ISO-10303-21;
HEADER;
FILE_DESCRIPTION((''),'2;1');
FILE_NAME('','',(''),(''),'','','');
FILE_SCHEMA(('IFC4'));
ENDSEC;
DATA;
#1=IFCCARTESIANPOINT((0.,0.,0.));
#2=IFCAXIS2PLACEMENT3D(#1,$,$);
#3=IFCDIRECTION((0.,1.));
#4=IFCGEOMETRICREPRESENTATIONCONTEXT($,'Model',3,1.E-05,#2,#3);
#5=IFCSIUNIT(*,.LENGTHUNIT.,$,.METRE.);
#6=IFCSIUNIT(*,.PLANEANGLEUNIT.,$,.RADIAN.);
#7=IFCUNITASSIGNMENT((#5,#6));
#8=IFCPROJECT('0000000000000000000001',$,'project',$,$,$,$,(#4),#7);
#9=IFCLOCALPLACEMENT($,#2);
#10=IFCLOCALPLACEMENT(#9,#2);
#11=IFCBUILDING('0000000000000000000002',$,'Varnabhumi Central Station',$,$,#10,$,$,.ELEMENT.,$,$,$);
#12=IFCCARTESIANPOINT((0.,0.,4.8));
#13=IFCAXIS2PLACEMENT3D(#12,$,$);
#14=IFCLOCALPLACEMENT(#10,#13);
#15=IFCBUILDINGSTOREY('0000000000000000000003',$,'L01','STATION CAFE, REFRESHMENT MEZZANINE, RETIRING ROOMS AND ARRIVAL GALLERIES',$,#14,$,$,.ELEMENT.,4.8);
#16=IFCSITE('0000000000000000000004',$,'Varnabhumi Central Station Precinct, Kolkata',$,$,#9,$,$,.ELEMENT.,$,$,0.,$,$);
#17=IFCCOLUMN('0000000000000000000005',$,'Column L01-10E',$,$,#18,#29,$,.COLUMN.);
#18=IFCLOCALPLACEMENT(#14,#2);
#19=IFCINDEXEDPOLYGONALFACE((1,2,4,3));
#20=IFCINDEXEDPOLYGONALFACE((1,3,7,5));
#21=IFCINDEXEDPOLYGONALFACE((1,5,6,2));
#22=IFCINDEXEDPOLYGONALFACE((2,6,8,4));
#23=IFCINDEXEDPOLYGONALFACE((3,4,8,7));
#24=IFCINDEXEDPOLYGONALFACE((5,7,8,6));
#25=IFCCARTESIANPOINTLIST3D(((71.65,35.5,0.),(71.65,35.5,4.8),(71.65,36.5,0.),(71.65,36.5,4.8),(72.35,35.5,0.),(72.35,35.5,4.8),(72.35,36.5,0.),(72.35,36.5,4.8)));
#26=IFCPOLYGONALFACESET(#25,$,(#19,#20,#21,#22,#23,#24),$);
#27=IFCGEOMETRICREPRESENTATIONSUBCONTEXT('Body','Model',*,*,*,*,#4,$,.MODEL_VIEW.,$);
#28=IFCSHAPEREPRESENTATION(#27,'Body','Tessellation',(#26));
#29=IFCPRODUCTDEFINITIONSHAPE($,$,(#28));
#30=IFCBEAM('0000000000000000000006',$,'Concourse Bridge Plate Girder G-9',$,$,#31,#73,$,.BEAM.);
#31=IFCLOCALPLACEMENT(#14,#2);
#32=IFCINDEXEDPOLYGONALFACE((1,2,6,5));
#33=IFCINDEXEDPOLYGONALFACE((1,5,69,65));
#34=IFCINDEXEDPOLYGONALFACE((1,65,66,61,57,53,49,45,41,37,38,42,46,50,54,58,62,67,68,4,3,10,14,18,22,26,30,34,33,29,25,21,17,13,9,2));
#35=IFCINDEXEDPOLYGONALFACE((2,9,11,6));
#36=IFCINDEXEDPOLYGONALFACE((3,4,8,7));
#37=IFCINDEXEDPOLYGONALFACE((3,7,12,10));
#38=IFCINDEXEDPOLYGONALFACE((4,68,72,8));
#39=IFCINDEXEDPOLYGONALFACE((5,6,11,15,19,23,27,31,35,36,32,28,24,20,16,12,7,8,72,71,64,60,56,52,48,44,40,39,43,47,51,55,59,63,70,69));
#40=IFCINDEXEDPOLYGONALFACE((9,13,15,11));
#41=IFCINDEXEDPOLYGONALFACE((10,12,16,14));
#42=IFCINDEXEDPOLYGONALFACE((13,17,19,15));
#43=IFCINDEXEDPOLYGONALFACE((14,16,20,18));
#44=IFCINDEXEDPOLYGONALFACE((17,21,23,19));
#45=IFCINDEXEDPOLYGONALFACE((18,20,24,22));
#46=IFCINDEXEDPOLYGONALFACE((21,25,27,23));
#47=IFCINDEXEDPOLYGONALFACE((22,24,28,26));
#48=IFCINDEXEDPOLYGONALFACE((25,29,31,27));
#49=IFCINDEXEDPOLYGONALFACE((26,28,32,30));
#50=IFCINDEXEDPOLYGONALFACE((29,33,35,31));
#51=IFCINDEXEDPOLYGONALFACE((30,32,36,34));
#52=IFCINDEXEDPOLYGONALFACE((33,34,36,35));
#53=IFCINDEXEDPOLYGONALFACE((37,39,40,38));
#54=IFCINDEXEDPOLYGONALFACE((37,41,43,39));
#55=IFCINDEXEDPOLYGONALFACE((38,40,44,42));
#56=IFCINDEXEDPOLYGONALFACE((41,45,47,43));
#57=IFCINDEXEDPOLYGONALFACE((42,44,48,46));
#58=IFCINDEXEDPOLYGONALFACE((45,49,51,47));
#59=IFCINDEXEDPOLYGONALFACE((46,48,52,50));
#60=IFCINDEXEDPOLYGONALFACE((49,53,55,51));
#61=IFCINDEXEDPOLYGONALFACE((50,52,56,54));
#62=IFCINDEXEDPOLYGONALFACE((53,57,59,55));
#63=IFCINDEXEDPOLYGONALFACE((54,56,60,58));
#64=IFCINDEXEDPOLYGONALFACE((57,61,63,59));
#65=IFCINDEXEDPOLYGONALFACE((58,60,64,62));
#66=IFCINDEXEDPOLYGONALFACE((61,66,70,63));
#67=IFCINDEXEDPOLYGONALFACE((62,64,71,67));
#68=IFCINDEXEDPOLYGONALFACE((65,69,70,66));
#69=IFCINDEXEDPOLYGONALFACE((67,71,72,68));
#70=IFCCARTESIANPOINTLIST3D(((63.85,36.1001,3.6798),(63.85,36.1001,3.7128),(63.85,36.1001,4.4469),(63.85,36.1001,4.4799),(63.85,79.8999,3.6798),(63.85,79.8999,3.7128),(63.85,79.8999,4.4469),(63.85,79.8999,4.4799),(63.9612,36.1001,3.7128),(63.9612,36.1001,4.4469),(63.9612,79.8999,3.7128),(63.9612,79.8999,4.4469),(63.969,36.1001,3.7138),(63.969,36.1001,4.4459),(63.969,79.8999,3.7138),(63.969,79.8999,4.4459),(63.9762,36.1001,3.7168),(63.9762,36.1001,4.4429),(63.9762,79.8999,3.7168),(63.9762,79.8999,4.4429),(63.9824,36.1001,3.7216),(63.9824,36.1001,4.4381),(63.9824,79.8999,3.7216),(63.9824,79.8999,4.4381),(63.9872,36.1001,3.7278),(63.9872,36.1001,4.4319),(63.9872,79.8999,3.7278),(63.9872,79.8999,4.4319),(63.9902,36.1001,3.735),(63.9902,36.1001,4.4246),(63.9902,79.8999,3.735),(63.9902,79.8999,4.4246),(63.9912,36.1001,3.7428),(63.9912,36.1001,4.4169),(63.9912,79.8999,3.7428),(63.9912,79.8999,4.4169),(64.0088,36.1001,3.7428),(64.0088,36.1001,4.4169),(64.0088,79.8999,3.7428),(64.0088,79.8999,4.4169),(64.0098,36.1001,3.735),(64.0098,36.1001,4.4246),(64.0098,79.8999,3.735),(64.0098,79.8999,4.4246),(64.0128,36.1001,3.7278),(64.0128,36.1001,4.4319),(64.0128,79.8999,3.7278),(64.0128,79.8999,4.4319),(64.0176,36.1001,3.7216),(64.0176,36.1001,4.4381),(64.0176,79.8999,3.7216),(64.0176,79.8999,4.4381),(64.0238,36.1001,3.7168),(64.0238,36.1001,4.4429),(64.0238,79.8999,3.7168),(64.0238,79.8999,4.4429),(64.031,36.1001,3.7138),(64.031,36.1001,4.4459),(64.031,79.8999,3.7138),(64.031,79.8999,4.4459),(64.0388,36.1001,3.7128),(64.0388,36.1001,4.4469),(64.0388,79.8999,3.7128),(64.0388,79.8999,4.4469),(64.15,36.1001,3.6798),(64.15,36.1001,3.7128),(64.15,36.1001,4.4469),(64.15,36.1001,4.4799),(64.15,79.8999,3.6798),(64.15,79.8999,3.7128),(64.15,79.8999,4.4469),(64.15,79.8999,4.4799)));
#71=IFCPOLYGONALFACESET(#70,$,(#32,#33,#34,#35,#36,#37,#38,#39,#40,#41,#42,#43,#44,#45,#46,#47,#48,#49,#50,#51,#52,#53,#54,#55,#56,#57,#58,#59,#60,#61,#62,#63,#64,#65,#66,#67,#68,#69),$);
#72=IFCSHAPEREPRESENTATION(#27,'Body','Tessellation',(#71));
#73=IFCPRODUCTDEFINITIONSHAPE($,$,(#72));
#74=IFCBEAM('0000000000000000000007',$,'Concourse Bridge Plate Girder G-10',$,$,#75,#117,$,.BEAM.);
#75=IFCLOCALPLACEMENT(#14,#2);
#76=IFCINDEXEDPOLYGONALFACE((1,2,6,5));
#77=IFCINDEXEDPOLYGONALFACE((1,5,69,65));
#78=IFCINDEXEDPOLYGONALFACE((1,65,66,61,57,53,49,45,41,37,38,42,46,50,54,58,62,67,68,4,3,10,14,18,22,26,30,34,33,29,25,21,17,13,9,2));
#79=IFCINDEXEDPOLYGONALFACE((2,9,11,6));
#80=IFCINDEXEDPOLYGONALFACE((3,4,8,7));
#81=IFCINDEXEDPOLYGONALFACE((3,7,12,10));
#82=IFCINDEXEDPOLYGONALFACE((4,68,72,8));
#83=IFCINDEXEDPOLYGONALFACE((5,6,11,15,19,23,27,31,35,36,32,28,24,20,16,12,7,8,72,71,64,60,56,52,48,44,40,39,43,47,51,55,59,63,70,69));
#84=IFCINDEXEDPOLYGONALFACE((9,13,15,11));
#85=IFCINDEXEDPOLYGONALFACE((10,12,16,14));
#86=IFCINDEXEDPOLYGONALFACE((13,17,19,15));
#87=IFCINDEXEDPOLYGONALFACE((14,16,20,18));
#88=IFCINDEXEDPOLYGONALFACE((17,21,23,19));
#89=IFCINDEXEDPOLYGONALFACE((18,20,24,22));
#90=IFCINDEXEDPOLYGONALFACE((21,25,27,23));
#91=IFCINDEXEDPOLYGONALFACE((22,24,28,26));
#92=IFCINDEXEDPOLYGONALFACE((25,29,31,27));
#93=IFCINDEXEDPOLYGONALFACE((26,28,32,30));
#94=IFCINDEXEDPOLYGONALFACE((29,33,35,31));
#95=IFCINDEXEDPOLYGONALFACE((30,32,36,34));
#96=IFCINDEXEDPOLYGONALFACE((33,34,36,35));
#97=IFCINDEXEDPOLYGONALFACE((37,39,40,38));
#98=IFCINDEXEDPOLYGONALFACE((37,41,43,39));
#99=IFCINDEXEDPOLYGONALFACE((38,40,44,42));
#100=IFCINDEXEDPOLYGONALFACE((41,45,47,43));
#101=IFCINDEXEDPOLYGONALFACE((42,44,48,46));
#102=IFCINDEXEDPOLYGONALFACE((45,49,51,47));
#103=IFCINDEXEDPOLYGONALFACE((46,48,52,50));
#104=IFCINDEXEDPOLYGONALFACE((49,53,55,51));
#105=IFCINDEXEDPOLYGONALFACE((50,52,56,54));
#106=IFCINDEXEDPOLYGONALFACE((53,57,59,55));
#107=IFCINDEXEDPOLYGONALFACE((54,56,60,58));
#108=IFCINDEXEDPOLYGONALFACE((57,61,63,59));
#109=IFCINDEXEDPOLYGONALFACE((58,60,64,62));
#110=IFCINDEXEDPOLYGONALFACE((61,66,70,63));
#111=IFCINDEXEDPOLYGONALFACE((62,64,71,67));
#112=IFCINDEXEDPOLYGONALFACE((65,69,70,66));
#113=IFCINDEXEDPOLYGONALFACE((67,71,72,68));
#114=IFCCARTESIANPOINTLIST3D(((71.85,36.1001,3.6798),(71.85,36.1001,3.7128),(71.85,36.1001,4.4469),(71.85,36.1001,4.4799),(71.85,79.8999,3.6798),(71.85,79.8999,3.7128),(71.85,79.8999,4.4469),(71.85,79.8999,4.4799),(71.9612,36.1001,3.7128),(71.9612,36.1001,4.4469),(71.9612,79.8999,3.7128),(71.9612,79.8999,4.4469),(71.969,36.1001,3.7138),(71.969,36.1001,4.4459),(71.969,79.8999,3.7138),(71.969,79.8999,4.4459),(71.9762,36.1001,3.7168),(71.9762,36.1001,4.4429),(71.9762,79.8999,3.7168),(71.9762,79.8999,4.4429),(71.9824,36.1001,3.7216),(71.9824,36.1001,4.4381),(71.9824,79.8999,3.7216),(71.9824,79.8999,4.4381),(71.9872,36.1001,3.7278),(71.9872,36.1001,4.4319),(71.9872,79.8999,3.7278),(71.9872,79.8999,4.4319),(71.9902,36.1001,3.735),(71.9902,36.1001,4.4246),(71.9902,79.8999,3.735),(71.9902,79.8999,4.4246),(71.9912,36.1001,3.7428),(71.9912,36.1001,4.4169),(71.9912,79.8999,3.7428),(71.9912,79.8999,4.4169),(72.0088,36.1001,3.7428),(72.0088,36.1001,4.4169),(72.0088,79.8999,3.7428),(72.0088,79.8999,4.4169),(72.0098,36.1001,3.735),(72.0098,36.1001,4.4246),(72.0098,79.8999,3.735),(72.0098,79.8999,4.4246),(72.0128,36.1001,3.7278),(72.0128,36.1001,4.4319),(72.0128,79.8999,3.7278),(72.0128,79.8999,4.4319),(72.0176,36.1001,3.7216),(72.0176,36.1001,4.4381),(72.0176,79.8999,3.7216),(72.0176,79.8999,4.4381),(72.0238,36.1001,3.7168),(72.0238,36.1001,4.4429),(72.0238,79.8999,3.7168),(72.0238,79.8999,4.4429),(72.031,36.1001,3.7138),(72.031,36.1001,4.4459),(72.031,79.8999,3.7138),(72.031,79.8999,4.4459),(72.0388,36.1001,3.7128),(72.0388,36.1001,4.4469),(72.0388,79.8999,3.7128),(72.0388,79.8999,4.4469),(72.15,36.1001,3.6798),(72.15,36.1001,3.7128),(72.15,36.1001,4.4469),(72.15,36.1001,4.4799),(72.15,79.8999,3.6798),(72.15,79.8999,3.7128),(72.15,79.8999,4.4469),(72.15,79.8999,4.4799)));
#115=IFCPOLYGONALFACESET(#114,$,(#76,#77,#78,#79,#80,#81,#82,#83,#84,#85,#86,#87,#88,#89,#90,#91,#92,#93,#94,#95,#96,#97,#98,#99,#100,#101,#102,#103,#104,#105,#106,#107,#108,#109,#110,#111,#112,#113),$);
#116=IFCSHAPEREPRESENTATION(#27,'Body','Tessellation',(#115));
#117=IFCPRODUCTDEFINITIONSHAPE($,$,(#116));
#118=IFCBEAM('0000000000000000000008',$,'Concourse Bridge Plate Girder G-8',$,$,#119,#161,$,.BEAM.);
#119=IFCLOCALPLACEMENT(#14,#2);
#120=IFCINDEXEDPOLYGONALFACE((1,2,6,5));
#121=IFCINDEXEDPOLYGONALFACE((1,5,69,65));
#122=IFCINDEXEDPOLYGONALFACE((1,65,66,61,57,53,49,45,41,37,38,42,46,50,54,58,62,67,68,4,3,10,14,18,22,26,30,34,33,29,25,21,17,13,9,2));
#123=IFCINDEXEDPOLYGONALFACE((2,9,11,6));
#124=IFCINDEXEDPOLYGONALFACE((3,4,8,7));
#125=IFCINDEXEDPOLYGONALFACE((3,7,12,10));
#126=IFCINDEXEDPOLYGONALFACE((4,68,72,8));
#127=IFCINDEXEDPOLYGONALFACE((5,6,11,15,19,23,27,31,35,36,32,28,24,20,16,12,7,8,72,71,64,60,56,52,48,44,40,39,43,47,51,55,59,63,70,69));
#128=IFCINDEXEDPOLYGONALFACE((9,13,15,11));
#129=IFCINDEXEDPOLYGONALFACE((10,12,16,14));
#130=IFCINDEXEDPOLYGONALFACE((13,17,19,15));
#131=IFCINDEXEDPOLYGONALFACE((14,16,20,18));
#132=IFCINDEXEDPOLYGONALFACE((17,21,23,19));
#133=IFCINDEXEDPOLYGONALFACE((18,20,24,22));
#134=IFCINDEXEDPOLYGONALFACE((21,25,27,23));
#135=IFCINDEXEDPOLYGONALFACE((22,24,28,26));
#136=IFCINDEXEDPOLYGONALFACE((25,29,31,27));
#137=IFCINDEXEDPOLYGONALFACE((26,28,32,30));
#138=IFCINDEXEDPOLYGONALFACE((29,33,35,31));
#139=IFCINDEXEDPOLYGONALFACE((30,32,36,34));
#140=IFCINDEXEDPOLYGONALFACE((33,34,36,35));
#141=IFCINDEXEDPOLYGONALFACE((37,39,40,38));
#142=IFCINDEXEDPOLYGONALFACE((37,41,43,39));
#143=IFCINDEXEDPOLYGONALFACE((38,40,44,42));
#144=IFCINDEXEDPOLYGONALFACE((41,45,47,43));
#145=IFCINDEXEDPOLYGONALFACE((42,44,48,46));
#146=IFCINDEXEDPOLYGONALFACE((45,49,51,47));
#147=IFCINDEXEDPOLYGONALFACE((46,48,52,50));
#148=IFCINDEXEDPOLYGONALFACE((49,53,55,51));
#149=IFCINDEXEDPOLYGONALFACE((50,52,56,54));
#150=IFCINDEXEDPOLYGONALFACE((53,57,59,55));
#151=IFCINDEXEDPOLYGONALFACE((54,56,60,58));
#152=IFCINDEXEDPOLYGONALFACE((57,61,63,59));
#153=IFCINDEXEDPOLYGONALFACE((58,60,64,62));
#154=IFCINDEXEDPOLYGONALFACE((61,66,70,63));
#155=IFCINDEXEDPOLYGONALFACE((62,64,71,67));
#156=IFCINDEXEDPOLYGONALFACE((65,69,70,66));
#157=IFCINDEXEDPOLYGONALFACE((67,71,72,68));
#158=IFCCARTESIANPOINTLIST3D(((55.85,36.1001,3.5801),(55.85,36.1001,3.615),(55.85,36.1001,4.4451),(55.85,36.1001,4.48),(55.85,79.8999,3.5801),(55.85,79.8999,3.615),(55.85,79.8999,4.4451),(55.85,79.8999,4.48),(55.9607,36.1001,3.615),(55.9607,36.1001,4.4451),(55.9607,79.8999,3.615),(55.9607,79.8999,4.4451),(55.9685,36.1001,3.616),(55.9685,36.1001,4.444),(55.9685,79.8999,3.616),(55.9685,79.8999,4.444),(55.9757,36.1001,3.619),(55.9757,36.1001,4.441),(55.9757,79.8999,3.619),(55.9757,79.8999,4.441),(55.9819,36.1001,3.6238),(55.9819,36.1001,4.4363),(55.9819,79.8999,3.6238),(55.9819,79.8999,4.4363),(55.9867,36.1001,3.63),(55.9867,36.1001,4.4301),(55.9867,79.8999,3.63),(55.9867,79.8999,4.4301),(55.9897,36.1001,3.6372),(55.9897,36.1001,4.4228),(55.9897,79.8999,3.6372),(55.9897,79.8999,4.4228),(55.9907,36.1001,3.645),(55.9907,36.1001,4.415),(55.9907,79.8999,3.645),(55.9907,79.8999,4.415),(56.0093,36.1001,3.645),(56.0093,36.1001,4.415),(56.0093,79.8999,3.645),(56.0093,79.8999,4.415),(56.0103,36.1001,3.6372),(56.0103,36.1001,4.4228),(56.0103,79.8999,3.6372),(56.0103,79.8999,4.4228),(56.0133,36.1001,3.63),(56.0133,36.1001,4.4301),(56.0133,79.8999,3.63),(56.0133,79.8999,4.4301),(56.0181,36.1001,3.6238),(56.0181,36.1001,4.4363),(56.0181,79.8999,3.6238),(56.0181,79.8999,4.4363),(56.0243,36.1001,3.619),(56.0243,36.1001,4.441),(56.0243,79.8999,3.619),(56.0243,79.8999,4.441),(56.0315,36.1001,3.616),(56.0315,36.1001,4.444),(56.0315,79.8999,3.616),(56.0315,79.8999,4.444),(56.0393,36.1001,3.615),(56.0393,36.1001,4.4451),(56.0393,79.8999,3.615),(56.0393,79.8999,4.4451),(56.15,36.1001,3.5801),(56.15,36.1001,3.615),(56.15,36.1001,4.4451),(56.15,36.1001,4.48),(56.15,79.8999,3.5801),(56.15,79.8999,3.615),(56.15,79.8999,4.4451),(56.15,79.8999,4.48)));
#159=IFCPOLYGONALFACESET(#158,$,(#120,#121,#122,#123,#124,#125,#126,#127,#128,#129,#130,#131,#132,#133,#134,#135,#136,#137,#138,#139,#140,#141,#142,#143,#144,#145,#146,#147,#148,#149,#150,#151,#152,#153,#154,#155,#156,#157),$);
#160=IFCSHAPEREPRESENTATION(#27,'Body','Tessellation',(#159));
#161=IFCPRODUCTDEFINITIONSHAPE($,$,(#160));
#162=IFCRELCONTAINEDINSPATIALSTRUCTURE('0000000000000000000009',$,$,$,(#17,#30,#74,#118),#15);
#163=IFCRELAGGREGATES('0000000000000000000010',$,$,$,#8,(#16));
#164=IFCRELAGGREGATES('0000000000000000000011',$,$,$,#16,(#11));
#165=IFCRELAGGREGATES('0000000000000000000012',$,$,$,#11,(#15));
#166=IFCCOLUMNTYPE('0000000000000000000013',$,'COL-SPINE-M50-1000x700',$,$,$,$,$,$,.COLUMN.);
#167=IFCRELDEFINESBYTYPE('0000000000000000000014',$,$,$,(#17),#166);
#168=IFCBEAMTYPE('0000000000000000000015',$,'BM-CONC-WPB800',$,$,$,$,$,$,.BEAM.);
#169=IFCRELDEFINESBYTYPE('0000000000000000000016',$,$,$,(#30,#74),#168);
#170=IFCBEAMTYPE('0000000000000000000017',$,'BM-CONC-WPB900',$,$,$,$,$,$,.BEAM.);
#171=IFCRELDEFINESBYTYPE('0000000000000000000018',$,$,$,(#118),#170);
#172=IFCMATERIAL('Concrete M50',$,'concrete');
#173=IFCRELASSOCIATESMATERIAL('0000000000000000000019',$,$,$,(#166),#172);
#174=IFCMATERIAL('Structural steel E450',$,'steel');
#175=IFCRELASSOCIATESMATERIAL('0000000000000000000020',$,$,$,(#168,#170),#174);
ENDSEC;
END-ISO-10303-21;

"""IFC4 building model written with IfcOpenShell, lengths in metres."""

from ifc_helpers import new_model, si_unit, direction, frame, origin, origin_2d, place, context, subcontext, project, spatial, rectangle, i_section, extrude, material, material_profile, profile_set, type_object, element, save


model = new_model("IFC4")

# Units and contexts
model_context = context("Model", 3, precision=1e-05, world=origin(), true_north=direction((0.0, 1.0)))
body_context = subcontext(model_context, "Body", "Model", "MODEL_VIEW")
ifc_project = project(units=[si_unit("LENGTHUNIT", "METRE"), si_unit("PLANEANGLEUNIT", "RADIAN")], contexts=[model_context])

# Site, building, storey
site_placement = place(None, origin())
site = spatial("IfcSite", under=ifc_project, at=site_placement, Name="Varnabhumi Central Station Precinct, Kolkata", CompositionType="ELEMENT", RefElevation=0.0)
building_placement = place(site_placement, origin())
building = spatial("IfcBuilding", under=site, at=building_placement, Name="Varnabhumi Central Station", CompositionType="ELEMENT")
storey_placement = place(building_placement, frame((0.0, 0.0, 4.8)))
storey = spatial("IfcBuildingStorey", under=building, at=storey_placement, Name="L01", Description="STATION CAFE, REFRESHMENT MEZZANINE, RETIRING ROOMS AND ARRIVAL GALLERIES", CompositionType="ELEMENT", Elevation=4.8)

# Column
ifc_material_1 = material(Name="Concrete M50", Category="concrete")
ifc_material_profile_1 = material_profile(ifc_material_1, rectangle(XDim=0.7, YDim=1.0, at=origin_2d()), Name="Concrete M50", Category="concrete")
ifc_profile_set_1 = profile_set([ifc_material_profile_1], Name="Concrete M50")
column_type = type_object("IfcColumnType", Name="COL-SPINE-M50-1000x700", PredefinedType="COLUMN", material=ifc_profile_set_1)
column_placement = place(storey_placement, frame((72.0, 36.0, 0.0), z_axis=(0.0, 0.0, 1.0), x_axis=(1.0, 0.0, 0.0)))
element("IfcColumn", 1, at=column_placement, inside=storey, type_object=column_type, Name="Column L01-10E", PredefinedType="COLUMN", context=body_context, shape_type="SweptSolid", body=[
    extrude(rectangle(XDim=0.7, YDim=1.0, at=origin_2d()), origin(), (0.0, 0.0, 1.0), 4.8),
])

# Beams
ifc_material_2 = material(Name="Structural steel E450", Category="steel")
ifc_material_profile_2 = material_profile(ifc_material_2, i_section(OverallWidth=0.3, OverallDepth=0.8, WebThickness=0.0176, FlangeThickness=0.033, FilletRadius=0.03, at=origin_2d()), Name="Structural steel E450", Category="steel")
ifc_profile_set_2 = profile_set([ifc_material_profile_2], Name="Structural steel E450")
beam_type_1 = type_object("IfcBeamType", Name="BM-CONC-WPB800", PredefinedType="BEAM", material=ifc_profile_set_2)
for number, where, z_axis, x_axis, name in (
    (2, (64.0, 36.1001, 4.0798), (0.0, 1.0, 0.0), (-1.0, 0.0, 0.0), "Concourse Bridge Plate Girder G-9"),
    (3, (72.0, 36.1001, 4.0798), (0.0, 1.0, 0.0), (-1.0, 0.0, 0.0), "Concourse Bridge Plate Girder G-10"),
):
    element("IfcBeam", number, at=place(storey_placement, frame(where, z_axis=z_axis, x_axis=x_axis)), inside=storey, type_object=beam_type_1, Name=name, PredefinedType="BEAM", context=body_context, shape_type="SweptSolid", body=[
        extrude(i_section(OverallWidth=0.3, OverallDepth=0.8, WebThickness=0.0176, FlangeThickness=0.033, FilletRadius=0.03, at=origin_2d()), origin(), (0.0, 0.0, 1.0), 43.7998),
    ])
ifc_material_profile_3 = material_profile(ifc_material_2, i_section(OverallWidth=0.3, OverallDepth=0.8999, WebThickness=0.0186, FlangeThickness=0.0349, FilletRadius=0.03, at=origin_2d()), Name="Structural steel E450", Category="steel")
ifc_profile_set_3 = profile_set([ifc_material_profile_3], Name="Structural steel E450")
beam_type_2 = type_object("IfcBeamType", Name="BM-CONC-WPB900", PredefinedType="BEAM", material=ifc_profile_set_3)
beam_1_placement = place(storey_placement, frame((56.0, 36.1001, 4.03), z_axis=(0.0, 1.0, 0.0), x_axis=(-1.0, 0.0, 0.0)))
element("IfcBeam", 4, at=beam_1_placement, inside=storey, type_object=beam_type_2, Name="Concourse Bridge Plate Girder G-8", PredefinedType="BEAM", context=body_context, shape_type="SweptSolid", body=[
    extrude(i_section(OverallWidth=0.3, OverallDepth=0.8999, WebThickness=0.0186, FlangeThickness=0.0349, FilletRadius=0.03, at=origin_2d()), origin(), (0.0, 0.0, 1.0), 43.7998),
])

save(model, "model.ifc")
